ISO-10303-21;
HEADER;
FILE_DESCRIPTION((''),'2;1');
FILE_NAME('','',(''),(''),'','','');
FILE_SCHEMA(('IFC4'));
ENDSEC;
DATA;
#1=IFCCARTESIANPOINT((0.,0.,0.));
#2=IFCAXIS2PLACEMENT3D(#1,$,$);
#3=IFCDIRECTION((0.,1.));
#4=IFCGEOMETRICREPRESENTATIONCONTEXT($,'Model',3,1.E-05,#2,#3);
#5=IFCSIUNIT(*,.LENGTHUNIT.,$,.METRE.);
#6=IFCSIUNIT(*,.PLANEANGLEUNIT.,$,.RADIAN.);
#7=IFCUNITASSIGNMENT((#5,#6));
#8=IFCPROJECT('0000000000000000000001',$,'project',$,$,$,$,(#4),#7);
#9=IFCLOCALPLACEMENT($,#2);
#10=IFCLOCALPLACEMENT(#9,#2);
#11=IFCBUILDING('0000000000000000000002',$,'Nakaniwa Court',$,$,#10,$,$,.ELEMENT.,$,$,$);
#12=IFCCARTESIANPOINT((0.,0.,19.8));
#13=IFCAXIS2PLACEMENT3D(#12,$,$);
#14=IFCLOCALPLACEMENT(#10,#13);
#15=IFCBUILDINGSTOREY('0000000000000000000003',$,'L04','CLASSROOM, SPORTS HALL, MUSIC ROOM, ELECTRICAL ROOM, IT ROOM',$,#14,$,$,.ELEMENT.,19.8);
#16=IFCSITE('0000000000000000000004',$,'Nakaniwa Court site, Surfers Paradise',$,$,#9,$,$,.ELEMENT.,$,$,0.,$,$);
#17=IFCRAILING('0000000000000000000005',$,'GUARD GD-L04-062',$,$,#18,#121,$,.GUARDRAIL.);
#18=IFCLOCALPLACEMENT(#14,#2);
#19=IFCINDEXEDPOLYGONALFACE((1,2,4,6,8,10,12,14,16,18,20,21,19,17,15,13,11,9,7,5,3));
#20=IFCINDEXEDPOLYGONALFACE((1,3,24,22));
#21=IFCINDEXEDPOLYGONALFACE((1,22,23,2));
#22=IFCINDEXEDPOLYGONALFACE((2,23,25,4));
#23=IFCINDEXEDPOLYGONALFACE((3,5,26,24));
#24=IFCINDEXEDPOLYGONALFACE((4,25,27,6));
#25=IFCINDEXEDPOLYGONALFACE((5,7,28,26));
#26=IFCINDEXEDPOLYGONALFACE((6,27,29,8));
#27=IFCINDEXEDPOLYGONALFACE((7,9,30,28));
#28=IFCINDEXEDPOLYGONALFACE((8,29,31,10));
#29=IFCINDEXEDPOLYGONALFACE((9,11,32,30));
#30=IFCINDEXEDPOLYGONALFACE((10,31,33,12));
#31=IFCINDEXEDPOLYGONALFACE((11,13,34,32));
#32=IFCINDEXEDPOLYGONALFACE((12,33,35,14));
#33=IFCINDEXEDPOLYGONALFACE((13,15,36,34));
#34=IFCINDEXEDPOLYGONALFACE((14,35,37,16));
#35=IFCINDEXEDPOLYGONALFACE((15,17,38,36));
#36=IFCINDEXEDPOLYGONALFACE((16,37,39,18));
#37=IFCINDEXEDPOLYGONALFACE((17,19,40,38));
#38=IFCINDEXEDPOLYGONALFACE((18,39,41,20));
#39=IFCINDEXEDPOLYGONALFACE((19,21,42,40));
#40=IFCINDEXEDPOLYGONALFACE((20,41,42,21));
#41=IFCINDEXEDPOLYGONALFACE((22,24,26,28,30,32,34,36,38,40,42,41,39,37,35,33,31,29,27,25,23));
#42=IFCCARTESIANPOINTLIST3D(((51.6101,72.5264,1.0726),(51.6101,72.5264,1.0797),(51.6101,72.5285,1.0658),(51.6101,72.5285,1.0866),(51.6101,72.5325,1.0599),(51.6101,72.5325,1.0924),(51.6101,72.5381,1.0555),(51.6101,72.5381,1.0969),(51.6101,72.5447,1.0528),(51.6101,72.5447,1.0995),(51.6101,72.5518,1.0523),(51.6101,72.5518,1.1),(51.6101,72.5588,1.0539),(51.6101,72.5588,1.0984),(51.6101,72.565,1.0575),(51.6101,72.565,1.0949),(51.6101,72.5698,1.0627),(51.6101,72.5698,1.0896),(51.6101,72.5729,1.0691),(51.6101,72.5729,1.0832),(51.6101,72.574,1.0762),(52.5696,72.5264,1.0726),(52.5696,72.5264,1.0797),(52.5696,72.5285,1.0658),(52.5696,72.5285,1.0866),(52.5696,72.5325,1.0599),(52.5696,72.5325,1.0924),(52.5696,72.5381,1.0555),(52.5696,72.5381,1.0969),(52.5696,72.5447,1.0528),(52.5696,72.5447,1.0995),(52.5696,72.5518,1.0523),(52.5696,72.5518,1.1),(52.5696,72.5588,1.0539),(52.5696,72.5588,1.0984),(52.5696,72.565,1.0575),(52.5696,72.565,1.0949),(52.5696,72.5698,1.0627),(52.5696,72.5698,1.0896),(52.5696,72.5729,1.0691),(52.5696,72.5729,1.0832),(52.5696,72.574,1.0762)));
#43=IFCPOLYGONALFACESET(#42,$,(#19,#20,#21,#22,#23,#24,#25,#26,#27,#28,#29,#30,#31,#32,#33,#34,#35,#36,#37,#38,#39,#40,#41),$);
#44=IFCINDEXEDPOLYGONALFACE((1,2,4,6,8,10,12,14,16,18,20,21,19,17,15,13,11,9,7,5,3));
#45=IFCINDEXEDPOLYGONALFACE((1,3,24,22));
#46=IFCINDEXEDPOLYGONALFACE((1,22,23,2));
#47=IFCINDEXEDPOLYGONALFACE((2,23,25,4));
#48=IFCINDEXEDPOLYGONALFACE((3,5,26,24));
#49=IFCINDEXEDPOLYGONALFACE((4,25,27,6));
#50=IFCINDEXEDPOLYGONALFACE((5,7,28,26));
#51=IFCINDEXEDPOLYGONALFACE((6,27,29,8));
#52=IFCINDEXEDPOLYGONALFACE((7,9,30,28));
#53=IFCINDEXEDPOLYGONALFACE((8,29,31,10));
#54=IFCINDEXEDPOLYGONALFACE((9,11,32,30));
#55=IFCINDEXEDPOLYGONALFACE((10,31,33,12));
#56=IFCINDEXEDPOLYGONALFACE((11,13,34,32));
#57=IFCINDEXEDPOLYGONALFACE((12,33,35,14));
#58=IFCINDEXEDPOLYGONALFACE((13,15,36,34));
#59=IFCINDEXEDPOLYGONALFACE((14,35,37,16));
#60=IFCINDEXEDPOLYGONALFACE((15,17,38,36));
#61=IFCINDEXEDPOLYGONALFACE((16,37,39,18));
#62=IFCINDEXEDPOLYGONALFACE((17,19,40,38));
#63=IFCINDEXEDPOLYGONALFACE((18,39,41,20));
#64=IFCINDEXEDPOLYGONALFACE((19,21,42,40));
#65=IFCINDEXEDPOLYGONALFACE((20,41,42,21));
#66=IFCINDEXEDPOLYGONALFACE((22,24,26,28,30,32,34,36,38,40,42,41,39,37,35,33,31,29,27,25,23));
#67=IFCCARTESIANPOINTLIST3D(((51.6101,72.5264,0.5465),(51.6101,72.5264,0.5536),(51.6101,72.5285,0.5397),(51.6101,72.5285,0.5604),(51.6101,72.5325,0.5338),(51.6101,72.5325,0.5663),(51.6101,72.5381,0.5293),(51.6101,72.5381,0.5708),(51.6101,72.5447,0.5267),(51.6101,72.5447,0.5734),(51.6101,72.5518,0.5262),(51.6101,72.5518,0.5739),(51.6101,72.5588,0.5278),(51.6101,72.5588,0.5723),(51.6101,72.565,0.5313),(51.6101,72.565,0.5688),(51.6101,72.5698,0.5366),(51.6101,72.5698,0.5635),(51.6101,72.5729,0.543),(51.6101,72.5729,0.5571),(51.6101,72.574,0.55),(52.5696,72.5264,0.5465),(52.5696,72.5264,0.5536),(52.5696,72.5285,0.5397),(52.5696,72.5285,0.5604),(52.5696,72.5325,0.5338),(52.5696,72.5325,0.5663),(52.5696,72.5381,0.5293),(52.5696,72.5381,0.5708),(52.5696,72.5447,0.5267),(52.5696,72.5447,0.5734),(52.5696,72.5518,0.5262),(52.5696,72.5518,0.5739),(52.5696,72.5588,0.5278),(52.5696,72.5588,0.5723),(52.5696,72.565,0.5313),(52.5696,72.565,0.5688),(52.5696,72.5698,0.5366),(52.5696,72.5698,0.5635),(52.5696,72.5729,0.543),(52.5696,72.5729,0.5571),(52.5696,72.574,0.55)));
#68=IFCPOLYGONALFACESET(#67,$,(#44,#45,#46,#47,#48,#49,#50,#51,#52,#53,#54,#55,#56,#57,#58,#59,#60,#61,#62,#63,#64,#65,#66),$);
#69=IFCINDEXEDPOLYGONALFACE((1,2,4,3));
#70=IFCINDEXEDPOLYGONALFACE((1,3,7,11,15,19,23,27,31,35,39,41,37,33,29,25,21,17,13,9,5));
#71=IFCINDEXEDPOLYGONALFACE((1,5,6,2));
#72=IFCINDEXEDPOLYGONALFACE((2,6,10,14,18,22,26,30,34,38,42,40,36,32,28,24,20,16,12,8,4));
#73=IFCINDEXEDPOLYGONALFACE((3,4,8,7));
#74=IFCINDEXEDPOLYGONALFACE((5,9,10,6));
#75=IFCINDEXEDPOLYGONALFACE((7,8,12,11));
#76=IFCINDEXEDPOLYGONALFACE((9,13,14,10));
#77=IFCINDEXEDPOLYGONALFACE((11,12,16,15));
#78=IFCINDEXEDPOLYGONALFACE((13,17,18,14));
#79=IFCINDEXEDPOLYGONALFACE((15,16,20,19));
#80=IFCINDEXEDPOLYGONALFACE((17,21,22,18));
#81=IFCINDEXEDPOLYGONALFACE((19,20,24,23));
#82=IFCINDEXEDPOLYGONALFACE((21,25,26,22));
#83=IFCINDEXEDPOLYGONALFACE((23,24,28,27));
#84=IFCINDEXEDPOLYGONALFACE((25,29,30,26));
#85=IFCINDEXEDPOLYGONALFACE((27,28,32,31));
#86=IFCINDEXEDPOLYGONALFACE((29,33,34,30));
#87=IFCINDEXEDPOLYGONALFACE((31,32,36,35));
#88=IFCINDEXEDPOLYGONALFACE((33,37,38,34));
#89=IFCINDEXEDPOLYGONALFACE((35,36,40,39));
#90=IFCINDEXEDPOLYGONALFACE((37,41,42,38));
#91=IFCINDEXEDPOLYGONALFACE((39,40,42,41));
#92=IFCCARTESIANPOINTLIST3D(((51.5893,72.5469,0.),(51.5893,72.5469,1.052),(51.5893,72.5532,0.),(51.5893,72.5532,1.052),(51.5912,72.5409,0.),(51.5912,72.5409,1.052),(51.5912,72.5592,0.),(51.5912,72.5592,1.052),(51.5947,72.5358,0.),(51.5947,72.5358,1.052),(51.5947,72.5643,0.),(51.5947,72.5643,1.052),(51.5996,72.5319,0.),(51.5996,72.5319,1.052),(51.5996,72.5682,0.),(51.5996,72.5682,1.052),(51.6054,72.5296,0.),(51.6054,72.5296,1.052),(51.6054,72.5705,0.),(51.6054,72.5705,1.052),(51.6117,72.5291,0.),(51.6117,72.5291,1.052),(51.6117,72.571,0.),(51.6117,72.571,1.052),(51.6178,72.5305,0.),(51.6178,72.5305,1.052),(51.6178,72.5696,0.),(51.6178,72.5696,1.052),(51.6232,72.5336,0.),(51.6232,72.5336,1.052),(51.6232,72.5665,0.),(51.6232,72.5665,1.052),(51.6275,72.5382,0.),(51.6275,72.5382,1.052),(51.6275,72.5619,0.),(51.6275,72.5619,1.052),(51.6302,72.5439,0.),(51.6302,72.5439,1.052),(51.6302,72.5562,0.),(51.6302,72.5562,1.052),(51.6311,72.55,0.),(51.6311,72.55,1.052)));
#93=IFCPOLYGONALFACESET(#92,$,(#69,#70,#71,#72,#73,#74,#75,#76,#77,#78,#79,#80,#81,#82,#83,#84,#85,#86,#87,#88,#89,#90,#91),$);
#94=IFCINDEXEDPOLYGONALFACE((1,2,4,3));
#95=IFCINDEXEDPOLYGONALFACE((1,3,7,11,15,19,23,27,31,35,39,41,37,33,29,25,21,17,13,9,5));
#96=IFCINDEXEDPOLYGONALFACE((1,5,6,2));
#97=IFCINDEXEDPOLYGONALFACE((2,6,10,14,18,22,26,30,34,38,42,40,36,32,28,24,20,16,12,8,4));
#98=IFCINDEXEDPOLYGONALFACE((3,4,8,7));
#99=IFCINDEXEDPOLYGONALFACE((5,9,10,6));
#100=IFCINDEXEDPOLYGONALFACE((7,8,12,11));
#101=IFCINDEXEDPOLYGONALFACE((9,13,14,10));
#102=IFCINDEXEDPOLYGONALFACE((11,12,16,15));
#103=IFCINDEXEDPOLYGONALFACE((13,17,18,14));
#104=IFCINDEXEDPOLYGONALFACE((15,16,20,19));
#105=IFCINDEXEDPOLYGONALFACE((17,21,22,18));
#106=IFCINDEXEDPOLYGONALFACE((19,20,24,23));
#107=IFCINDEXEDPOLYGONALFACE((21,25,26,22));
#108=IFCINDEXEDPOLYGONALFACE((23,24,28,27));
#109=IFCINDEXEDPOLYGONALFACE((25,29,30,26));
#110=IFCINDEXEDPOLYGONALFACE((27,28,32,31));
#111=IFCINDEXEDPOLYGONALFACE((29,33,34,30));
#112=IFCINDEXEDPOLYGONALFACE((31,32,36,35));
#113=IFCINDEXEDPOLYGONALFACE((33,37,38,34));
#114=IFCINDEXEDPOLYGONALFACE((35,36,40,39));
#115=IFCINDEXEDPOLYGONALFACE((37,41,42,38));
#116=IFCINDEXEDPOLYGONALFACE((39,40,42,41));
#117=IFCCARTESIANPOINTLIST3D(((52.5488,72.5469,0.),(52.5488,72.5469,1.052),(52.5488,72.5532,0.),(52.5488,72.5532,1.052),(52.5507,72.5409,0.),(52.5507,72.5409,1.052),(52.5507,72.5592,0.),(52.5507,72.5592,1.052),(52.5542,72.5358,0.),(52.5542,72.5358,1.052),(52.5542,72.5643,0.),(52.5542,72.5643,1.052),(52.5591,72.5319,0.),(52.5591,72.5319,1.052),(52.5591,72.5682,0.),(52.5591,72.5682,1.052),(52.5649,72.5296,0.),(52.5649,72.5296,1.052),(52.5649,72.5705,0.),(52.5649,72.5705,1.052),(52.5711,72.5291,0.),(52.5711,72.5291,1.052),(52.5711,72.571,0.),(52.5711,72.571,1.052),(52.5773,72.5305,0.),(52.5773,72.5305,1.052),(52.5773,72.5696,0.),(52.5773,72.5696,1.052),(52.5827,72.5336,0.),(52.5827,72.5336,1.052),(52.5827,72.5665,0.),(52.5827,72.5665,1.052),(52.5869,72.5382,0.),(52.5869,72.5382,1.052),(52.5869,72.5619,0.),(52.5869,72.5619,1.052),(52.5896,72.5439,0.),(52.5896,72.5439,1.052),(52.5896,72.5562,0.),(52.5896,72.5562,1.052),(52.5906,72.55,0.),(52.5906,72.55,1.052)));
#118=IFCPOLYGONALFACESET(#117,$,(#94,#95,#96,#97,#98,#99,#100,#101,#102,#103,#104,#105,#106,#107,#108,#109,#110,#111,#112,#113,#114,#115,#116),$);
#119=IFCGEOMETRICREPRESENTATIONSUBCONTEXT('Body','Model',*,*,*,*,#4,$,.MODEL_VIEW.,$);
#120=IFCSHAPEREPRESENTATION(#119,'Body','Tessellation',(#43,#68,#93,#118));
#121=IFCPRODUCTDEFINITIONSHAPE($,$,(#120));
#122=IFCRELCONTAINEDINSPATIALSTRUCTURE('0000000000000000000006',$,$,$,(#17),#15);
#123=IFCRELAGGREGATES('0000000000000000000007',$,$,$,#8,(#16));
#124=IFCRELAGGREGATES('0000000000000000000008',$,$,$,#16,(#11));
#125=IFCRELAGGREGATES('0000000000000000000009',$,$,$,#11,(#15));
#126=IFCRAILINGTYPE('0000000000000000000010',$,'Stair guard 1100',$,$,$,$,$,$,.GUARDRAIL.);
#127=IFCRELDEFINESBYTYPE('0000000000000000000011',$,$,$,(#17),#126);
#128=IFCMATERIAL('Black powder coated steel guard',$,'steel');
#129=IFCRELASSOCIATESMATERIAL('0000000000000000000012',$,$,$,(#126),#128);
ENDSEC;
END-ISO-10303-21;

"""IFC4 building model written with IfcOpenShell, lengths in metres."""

from ifc_helpers import new_model, si_unit, direction, frame, origin, origin_2d, place, context, subcontext, project, spatial, circle, extrude, material, type_object, element, save


model = new_model("IFC4")

# Units and contexts
model_context = context("Model", 3, precision=1e-05, world=origin(), true_north=direction((0.0, 1.0)))
body_context = subcontext(model_context, "Body", "Model", "MODEL_VIEW")
ifc_project = project(units=[si_unit("LENGTHUNIT", "METRE"), si_unit("PLANEANGLEUNIT", "RADIAN")], contexts=[model_context])

# Site, building, storey
site_placement = place(None, origin())
site = spatial("IfcSite", under=ifc_project, at=site_placement, Name="Nakaniwa Court site, Surfers Paradise", CompositionType="ELEMENT", RefElevation=0.0)
building_placement = place(site_placement, origin())
building = spatial("IfcBuilding", under=site, at=building_placement, Name="Nakaniwa Court", CompositionType="ELEMENT")
storey_placement = place(building_placement, frame((0.0, 0.0, 19.8)))
storey = spatial("IfcBuildingStorey", under=building, at=storey_placement, Name="L04", Description="CLASSROOM, SPORTS HALL, MUSIC ROOM, ELECTRICAL ROOM, IT ROOM", CompositionType="ELEMENT", Elevation=19.8)

# Railing
ifc_material_1 = material(Name="Black powder coated steel guard", Category="steel")
railing_type = type_object("IfcRailingType", Name="Stair guard 1100", PredefinedType="GUARDRAIL", material=ifc_material_1)
railing_1_placement = place(storey_placement, frame((51.6101, 72.55, 0.0)))
element("IfcRailing", 1, at=railing_1_placement, inside=storey, type_object=railing_type, Name="GUARD GD-L04-062", PredefinedType="GUARDRAIL", context=body_context, shape_type="SweptSolid", body=[
    extrude(circle(Radius=0.0239, at=origin_2d()), frame((0.0, 0.0, 1.0762), z_axis=(1.0, 0.0, 0.0), x_axis=(0.0, 1.0, 0.0)), (0.0, 0.0, 1.0), 0.9595),
    extrude(circle(Radius=0.0239, at=origin_2d()), frame((0.0, 0.0, 0.55), z_axis=(1.0, 0.0, 0.0), x_axis=(0.0, 1.0, 0.0)), (0.0, 0.0, 1.0), 0.9595),
    extrude(circle(Radius=0.021, at=origin_2d()), origin(), (0.0, 0.0, 1.0), 1.052),
    extrude(circle(Radius=0.021, at=origin_2d()), frame((0.9595, 0.0, 0.0)), (0.0, 0.0, 1.0), 1.052),
])

save(model, "model.ifc")
